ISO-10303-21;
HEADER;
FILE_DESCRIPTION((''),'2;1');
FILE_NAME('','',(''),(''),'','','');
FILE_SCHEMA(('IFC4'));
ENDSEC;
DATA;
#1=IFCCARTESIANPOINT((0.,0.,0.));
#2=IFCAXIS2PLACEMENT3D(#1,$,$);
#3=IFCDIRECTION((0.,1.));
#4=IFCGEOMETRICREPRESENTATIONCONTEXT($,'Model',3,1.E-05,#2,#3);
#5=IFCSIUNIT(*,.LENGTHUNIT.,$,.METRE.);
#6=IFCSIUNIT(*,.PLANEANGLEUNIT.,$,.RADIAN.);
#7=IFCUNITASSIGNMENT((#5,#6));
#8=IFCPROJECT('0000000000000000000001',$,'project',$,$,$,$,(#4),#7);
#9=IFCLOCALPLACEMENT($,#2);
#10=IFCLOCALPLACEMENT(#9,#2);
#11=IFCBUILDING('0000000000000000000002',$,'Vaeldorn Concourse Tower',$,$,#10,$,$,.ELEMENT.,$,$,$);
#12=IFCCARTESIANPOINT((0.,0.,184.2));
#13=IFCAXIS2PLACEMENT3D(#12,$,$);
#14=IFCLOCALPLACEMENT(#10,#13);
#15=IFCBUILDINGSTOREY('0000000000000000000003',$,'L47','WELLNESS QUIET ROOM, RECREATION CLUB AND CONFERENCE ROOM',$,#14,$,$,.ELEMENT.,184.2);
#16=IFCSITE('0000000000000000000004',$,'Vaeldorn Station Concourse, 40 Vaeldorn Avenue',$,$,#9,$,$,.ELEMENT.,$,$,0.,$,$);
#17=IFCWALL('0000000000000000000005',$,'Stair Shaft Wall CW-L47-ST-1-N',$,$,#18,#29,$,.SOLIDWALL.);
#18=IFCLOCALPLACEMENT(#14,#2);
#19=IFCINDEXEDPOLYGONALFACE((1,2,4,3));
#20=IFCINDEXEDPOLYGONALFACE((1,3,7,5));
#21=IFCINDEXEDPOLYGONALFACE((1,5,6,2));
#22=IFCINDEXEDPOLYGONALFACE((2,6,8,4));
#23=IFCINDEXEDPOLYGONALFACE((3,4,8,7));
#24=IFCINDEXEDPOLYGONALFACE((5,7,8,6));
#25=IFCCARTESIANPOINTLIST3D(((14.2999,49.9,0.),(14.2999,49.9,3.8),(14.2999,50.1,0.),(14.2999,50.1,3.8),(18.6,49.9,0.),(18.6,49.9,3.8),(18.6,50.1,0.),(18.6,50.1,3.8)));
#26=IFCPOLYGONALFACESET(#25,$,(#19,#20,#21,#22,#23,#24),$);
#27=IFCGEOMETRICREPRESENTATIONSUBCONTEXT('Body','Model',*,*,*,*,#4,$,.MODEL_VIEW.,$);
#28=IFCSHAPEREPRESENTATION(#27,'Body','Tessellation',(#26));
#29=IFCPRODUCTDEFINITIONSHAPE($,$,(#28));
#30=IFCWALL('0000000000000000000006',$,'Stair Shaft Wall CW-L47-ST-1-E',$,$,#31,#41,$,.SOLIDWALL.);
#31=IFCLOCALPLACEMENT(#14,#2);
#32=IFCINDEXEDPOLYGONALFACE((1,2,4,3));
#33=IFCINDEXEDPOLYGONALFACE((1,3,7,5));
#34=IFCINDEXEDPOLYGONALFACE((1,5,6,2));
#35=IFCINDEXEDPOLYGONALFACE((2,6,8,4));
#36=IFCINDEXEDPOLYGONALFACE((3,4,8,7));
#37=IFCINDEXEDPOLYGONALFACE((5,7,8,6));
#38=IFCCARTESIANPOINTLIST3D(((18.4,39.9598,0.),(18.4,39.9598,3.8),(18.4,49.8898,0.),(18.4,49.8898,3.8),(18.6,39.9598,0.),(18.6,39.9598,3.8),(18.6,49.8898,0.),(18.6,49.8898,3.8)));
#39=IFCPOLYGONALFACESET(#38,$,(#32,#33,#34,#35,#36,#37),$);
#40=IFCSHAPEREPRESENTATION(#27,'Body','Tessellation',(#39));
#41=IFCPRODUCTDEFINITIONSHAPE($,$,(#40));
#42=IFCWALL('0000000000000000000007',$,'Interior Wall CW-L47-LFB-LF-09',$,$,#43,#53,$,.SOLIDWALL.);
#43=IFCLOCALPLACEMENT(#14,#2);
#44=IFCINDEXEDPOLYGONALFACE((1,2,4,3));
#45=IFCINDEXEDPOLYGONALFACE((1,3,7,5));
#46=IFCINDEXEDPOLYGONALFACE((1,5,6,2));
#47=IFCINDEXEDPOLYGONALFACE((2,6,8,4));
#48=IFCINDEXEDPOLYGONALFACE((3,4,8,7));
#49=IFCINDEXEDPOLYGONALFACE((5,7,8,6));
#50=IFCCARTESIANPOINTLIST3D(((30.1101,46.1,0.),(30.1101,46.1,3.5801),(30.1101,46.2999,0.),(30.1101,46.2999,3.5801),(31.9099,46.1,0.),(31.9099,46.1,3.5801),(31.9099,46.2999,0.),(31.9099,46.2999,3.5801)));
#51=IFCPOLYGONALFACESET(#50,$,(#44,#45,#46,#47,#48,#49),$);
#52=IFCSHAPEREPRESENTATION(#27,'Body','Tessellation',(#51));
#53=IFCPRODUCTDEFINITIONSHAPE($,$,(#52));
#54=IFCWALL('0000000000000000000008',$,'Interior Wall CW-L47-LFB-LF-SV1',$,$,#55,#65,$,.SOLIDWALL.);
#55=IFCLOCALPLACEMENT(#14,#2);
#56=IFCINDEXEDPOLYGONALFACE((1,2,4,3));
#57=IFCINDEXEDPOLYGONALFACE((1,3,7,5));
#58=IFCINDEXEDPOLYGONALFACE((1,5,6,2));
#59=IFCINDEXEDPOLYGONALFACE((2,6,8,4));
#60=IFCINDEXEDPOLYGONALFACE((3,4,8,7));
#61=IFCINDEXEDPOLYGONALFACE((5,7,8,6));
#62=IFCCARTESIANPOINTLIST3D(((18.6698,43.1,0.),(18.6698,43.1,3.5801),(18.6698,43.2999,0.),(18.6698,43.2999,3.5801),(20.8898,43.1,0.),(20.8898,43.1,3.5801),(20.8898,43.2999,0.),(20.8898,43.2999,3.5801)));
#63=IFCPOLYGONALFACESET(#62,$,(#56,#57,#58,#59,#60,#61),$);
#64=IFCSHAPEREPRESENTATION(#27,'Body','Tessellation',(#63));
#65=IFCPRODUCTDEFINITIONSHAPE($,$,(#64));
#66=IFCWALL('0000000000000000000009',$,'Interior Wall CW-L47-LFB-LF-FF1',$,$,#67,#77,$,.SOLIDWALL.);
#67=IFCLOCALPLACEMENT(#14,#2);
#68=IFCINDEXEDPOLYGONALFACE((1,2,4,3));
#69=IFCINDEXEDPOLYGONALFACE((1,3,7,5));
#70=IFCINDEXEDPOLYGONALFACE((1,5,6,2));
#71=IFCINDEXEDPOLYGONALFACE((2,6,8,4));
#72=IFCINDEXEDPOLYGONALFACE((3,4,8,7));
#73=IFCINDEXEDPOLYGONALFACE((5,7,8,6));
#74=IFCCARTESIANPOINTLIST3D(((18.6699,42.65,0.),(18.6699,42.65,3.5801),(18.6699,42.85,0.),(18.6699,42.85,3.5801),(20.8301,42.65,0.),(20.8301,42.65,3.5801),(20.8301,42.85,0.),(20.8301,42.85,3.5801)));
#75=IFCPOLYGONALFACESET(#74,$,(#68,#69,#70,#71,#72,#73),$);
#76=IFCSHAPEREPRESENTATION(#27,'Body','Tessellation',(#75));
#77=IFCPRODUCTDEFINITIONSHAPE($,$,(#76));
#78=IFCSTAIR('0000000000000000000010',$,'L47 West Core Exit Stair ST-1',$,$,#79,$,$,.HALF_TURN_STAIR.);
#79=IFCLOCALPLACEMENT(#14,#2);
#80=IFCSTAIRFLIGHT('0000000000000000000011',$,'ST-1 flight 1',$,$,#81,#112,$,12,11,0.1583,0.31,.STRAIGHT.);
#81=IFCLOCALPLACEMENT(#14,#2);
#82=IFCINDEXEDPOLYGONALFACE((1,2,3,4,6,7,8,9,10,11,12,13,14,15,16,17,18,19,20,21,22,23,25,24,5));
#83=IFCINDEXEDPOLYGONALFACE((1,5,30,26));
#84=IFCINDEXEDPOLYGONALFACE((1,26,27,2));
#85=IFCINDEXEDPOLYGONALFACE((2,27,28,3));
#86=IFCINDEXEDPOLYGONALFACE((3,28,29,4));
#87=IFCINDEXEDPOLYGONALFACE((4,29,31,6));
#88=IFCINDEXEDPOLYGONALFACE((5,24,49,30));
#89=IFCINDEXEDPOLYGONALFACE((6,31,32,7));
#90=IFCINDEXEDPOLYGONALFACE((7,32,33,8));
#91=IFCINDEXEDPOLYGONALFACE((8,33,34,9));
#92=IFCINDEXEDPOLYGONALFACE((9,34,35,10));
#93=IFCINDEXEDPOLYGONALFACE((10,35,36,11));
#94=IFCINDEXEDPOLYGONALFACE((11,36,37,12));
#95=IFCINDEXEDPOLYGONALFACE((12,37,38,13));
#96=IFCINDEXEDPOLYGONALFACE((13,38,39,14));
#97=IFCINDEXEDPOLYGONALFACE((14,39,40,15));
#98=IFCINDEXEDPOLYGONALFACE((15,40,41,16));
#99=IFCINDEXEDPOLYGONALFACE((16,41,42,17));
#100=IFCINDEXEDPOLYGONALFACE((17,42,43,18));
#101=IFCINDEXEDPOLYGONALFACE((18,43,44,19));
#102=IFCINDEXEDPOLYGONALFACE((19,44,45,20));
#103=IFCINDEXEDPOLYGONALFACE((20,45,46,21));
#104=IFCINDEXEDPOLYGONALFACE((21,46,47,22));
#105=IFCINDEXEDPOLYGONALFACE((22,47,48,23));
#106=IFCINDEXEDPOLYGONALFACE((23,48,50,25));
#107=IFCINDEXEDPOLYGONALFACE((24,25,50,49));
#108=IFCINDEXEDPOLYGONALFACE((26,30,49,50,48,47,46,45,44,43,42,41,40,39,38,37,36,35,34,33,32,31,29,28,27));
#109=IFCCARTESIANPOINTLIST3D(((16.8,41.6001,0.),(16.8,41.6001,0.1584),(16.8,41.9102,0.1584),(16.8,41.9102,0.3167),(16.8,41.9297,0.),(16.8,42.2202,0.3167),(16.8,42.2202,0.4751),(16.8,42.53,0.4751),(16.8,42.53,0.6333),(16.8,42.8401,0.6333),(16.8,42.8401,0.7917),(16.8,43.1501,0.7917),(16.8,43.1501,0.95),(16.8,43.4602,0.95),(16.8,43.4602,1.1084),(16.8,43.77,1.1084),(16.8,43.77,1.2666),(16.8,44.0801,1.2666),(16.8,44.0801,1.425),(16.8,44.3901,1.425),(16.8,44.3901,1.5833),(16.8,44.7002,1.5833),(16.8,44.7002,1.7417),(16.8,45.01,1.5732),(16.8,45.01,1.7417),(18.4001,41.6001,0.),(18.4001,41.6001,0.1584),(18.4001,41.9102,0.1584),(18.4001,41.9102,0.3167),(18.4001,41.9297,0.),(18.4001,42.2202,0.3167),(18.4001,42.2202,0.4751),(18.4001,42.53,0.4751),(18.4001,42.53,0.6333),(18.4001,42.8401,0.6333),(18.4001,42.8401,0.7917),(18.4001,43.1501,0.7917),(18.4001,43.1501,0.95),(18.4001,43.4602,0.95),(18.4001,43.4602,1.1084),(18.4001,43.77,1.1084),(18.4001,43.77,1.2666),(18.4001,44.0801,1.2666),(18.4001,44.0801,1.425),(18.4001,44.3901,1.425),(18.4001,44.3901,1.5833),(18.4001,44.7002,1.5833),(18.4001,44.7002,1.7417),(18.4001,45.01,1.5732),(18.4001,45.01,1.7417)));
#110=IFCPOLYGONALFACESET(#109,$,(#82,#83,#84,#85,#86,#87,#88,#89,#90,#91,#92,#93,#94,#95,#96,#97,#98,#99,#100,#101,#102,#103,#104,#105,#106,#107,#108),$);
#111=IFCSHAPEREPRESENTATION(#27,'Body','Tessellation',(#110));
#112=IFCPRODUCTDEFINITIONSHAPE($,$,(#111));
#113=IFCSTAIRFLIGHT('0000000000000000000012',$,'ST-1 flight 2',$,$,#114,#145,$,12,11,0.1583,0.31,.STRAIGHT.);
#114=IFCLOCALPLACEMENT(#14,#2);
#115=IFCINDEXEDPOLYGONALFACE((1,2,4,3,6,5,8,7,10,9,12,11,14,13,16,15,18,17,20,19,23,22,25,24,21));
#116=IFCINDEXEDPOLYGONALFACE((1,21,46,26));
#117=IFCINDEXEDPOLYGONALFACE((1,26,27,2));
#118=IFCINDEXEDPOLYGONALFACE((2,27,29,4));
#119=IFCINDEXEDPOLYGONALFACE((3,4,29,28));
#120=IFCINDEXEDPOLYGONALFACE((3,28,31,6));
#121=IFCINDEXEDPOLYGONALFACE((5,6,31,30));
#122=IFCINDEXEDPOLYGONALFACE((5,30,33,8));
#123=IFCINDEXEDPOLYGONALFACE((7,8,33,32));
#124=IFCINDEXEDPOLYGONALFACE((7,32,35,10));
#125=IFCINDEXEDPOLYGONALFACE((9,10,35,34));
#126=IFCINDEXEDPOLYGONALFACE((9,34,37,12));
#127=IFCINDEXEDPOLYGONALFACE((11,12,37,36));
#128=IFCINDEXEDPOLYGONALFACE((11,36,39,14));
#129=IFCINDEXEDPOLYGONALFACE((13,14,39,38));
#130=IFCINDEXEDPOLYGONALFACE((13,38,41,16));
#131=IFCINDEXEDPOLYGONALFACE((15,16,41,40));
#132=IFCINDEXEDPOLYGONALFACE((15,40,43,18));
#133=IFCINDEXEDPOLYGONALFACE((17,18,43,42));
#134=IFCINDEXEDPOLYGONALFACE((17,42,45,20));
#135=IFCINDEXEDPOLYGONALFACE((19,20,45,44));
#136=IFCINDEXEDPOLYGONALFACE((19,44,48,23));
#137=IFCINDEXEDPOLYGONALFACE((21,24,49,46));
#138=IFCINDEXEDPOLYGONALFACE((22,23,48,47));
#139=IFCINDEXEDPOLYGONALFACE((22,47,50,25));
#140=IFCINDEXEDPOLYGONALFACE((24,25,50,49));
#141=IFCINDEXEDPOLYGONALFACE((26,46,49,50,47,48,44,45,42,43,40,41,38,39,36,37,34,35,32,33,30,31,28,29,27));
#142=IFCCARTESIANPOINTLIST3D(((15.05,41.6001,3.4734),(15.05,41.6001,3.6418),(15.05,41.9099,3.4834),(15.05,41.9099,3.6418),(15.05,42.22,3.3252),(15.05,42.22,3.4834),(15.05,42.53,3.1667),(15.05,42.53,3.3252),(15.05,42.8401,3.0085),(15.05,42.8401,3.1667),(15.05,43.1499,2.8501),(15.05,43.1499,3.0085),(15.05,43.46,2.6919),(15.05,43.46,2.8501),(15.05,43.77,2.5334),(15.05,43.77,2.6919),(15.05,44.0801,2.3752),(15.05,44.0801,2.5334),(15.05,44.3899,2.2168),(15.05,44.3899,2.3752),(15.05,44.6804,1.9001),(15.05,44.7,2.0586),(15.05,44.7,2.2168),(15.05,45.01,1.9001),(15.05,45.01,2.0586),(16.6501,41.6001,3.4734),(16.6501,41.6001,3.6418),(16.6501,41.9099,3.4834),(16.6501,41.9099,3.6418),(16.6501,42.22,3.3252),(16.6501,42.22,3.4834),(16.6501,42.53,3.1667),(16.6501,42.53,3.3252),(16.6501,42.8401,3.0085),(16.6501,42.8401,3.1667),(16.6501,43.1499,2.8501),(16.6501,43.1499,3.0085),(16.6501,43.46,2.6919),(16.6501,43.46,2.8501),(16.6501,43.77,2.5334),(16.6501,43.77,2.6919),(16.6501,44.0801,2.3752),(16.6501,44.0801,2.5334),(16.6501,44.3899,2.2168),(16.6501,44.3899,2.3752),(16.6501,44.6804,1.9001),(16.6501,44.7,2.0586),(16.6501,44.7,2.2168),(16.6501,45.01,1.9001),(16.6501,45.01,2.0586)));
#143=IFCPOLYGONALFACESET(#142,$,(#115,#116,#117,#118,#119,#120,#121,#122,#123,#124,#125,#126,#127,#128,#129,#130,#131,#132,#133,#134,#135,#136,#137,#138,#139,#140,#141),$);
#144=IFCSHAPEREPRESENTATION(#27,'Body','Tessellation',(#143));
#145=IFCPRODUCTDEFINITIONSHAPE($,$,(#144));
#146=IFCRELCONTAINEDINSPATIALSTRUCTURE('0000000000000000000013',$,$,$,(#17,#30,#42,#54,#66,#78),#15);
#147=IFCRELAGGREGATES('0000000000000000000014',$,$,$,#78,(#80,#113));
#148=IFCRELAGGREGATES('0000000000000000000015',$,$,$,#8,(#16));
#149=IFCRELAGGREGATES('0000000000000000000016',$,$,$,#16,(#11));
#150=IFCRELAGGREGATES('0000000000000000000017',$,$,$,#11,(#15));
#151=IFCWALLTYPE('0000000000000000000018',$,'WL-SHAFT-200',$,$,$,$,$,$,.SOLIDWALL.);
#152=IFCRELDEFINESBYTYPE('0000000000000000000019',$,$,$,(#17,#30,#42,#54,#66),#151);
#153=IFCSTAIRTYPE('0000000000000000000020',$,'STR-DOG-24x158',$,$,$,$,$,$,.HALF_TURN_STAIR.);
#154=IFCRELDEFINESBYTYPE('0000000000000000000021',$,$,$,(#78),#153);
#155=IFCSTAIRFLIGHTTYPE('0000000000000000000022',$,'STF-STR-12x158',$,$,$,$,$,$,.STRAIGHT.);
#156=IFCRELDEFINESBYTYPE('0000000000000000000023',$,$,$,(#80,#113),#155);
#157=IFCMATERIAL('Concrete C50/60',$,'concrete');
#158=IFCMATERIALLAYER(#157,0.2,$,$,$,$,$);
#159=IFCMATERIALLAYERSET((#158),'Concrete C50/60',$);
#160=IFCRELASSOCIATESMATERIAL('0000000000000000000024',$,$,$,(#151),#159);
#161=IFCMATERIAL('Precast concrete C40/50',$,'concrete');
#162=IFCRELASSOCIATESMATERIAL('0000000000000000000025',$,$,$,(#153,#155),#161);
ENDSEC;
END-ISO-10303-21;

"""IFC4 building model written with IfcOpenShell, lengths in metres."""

from ifc_helpers import new_model, si_unit, direction, frame, frame_2d, origin, place, context, subcontext, project, spatial, polyline, rectangle, outline, extrude, material, layer, layer_set, type_object, element, aggregate, save


model = new_model("IFC4")

# Units and contexts
model_context = context("Model", 3, precision=1e-05, world=origin(), true_north=direction((0.0, 1.0)))
body_context = subcontext(model_context, "Body", "Model", "MODEL_VIEW")
ifc_project = project(units=[si_unit("LENGTHUNIT", "METRE"), si_unit("PLANEANGLEUNIT", "RADIAN")], contexts=[model_context])

# Site, building, storey
site_placement = place(None, origin())
site = spatial("IfcSite", under=ifc_project, at=site_placement, Name="Vaeldorn Station Concourse, 40 Vaeldorn Avenue", CompositionType="ELEMENT", RefElevation=0.0)
building_placement = place(site_placement, origin())
building = spatial("IfcBuilding", under=site, at=building_placement, Name="Vaeldorn Concourse Tower", CompositionType="ELEMENT")
storey_placement = place(building_placement, frame((0.0, 0.0, 184.2)))
storey = spatial("IfcBuildingStorey", under=building, at=storey_placement, Name="L47", Description="WELLNESS QUIET ROOM, RECREATION CLUB AND CONFERENCE ROOM", CompositionType="ELEMENT", Elevation=184.2)

# Shared definitions
ifc_material_1 = material(Name="Concrete C50/60", Category="concrete")

# Walls
ifc_layer_1 = layer(ifc_material_1, 0.2)
ifc_layer_set_1 = layer_set([ifc_layer_1], Name="Concrete C50/60")
wall_type_1 = type_object("IfcWallType", Name="WL-SHAFT-200", PredefinedType="SOLIDWALL", material=ifc_layer_set_1)
wall_1_placement = place(storey_placement, frame((14.3, 50.0, 0.0), z_axis=(0.0, 0.0, 1.0), x_axis=(1.0, 0.0, 0.0)))
element("IfcWall", 1, at=wall_1_placement, inside=storey, type_object=wall_type_1, Name="Stair Shaft Wall CW-L47-ST-1-N", PredefinedType="SOLIDWALL", context=body_context, shape_type="SweptSolid", body=[
    extrude(rectangle(XDim=4.3, YDim=0.2, at=frame_2d((2.1499, 0.0))), origin(), (0.0, 0.0, 1.0), 3.8),
])
wall_2_placement = place(storey_placement, frame((18.5, 39.96, 0.0), z_axis=(0.0, 0.0, 1.0), x_axis=(0.0, 1.0, 0.0)))
element("IfcWall", 2, at=wall_2_placement, inside=storey, type_object=wall_type_1, Name="Stair Shaft Wall CW-L47-ST-1-E", PredefinedType="SOLIDWALL", context=body_context, shape_type="SweptSolid", body=[
    extrude(rectangle(XDim=9.9299, YDim=0.2, at=frame_2d((4.9648, 0.0))), origin(), (0.0, 0.0, 1.0), 3.8),
])

# Wall
wall_3_placement = place(storey_placement, frame((30.1101, 46.2, 0.0), z_axis=(0.0, 0.0, 1.0), x_axis=(1.0, 0.0, 0.0)))
element("IfcWall", 3, at=wall_3_placement, inside=storey, type_object=wall_type_1, Name="Interior Wall CW-L47-LFB-LF-09", PredefinedType="SOLIDWALL", context=body_context, shape_type="SweptSolid", body=[
    extrude(rectangle(XDim=1.7998, YDim=0.2, at=frame_2d((0.8999, 0.0))), origin(), (0.0, 0.0, 1.0), 3.5801),
])

# Walls
wall_4_placement = place(storey_placement, frame((18.6699, 43.2, 0.0), z_axis=(0.0, 0.0, 1.0), x_axis=(1.0, 0.0, 0.0)))
element("IfcWall", 4, at=wall_4_placement, inside=storey, type_object=wall_type_1, Name="Interior Wall CW-L47-LFB-LF-SV1", PredefinedType="SOLIDWALL", context=body_context, shape_type="SweptSolid", body=[
    extrude(rectangle(XDim=2.22, YDim=0.2, at=frame_2d((1.1099, 0.0))), origin(), (0.0, 0.0, 1.0), 3.5801),
])
wall_5_placement = place(storey_placement, frame((18.6699, 42.75, 0.0), z_axis=(0.0, 0.0, 1.0), x_axis=(1.0, 0.0, 0.0)))
element("IfcWall", 5, at=wall_5_placement, inside=storey, type_object=wall_type_1, Name="Interior Wall CW-L47-LFB-LF-FF1", PredefinedType="SOLIDWALL", context=body_context, shape_type="SweptSolid", body=[
    extrude(rectangle(XDim=2.1602, YDim=0.2, at=frame_2d((1.0801, 0.0))), origin(), (0.0, 0.0, 1.0), 3.5801),
])

# Stair, stair flights
ifc_material_2 = material(Name="Precast concrete C40/50", Category="concrete")
stair_type = type_object("IfcStairType", Name="STR-DOG-24x158", PredefinedType="HALF_TURN_STAIR", material=ifc_material_2)
stair_placement = place(storey_placement, origin())
stair = element("IfcStair", 6, at=stair_placement, inside=storey, type_object=stair_type, Name="L47 West Core Exit Stair ST-1", PredefinedType="HALF_TURN_STAIR")
stair_flight_type = type_object("IfcStairFlightType", Name="STF-STR-12x158", PredefinedType="STRAIGHT", material=ifc_material_2)
stair_flight_1_placement = place(storey_placement, frame((17.6001, 41.6001, 0.0), z_axis=(0.0, 0.0, 1.0), x_axis=(0.0, 1.0, 0.0)))
stair_flight_1 = element("IfcStairFlight", 7, at=stair_flight_1_placement, type_object=stair_flight_type, Name="ST-1 flight 1", NumberOfRisers=12, NumberOfTreads=11, PredefinedType="STRAIGHT", RiserHeight=0.1583, TreadLength=0.31, context=body_context, shape_type="SweptSolid", body=[
    extrude(outline(polyline([(0.0, 0.0), (0.0, 0.1584), (0.3101, 0.1584), (0.3101, 0.3167), (0.6201, 0.3167), (0.6201, 0.4751), (0.9299, 0.4751), (0.9299, 0.6333), (1.24, 0.6333), (1.24, 0.7917), (1.55, 0.7917), (1.55, 0.95), (1.8601, 0.95), (1.8601, 1.1084), (2.1699, 1.1084), (2.1699, 1.2666), (2.48, 1.2666), (2.48, 1.425), (2.79, 1.425), (2.79, 1.5833), (3.1001, 1.5833), (3.1001, 1.7417), (3.4099, 1.7417), (3.4099, 1.8999), (3.4099, 1.5732), (0.3296, 0.0), (0.0, 0.0)])), frame((0.0, 0.8, 0.0), z_axis=(0.0, -1.0, 0.0), x_axis=(1.0, 0.0, 0.0)), (0.0, 0.0, 1.0), 1.6001),
])
stair_flight_2_placement = place(storey_placement, frame((15.8501, 45.01, 1.9001), z_axis=(0.0, 0.0, 1.0), x_axis=(0.0, -1.0, 0.0)))
stair_flight_2 = element("IfcStairFlight", 8, at=stair_flight_2_placement, type_object=stair_flight_type, Name="ST-1 flight 2", NumberOfRisers=12, NumberOfTreads=11, PredefinedType="STRAIGHT", RiserHeight=0.1583, TreadLength=0.31, context=body_context, shape_type="SweptSolid", body=[
    extrude(outline(polyline([(0.0, 0.0), (0.0, 0.1584), (0.3101, 0.1584), (0.3101, 0.3167), (0.6201, 0.3167), (0.6201, 0.4751), (0.9299, 0.4751), (0.9299, 0.6333), (1.24, 0.6333), (1.24, 0.7917), (1.55, 0.7917), (1.55, 0.95), (1.8601, 0.95), (1.8601, 1.1084), (2.1699, 1.1084), (2.1699, 1.2666), (2.48, 1.2666), (2.48, 1.425), (2.79, 1.425), (2.79, 1.5833), (3.1001, 1.5833), (3.1001, 1.7417), (3.4099, 1.7417), (3.4099, 1.8999), (3.4099, 1.5732), (0.3296, 0.0), (0.0, 0.0)])), frame((0.0, 0.8, 0.0), z_axis=(0.0, -1.0, 0.0), x_axis=(1.0, 0.0, 0.0)), (0.0, 0.0, 1.0), 1.6001),
])
aggregate(stair, [stair_flight_1, stair_flight_2])

save(model, "model.ifc")
